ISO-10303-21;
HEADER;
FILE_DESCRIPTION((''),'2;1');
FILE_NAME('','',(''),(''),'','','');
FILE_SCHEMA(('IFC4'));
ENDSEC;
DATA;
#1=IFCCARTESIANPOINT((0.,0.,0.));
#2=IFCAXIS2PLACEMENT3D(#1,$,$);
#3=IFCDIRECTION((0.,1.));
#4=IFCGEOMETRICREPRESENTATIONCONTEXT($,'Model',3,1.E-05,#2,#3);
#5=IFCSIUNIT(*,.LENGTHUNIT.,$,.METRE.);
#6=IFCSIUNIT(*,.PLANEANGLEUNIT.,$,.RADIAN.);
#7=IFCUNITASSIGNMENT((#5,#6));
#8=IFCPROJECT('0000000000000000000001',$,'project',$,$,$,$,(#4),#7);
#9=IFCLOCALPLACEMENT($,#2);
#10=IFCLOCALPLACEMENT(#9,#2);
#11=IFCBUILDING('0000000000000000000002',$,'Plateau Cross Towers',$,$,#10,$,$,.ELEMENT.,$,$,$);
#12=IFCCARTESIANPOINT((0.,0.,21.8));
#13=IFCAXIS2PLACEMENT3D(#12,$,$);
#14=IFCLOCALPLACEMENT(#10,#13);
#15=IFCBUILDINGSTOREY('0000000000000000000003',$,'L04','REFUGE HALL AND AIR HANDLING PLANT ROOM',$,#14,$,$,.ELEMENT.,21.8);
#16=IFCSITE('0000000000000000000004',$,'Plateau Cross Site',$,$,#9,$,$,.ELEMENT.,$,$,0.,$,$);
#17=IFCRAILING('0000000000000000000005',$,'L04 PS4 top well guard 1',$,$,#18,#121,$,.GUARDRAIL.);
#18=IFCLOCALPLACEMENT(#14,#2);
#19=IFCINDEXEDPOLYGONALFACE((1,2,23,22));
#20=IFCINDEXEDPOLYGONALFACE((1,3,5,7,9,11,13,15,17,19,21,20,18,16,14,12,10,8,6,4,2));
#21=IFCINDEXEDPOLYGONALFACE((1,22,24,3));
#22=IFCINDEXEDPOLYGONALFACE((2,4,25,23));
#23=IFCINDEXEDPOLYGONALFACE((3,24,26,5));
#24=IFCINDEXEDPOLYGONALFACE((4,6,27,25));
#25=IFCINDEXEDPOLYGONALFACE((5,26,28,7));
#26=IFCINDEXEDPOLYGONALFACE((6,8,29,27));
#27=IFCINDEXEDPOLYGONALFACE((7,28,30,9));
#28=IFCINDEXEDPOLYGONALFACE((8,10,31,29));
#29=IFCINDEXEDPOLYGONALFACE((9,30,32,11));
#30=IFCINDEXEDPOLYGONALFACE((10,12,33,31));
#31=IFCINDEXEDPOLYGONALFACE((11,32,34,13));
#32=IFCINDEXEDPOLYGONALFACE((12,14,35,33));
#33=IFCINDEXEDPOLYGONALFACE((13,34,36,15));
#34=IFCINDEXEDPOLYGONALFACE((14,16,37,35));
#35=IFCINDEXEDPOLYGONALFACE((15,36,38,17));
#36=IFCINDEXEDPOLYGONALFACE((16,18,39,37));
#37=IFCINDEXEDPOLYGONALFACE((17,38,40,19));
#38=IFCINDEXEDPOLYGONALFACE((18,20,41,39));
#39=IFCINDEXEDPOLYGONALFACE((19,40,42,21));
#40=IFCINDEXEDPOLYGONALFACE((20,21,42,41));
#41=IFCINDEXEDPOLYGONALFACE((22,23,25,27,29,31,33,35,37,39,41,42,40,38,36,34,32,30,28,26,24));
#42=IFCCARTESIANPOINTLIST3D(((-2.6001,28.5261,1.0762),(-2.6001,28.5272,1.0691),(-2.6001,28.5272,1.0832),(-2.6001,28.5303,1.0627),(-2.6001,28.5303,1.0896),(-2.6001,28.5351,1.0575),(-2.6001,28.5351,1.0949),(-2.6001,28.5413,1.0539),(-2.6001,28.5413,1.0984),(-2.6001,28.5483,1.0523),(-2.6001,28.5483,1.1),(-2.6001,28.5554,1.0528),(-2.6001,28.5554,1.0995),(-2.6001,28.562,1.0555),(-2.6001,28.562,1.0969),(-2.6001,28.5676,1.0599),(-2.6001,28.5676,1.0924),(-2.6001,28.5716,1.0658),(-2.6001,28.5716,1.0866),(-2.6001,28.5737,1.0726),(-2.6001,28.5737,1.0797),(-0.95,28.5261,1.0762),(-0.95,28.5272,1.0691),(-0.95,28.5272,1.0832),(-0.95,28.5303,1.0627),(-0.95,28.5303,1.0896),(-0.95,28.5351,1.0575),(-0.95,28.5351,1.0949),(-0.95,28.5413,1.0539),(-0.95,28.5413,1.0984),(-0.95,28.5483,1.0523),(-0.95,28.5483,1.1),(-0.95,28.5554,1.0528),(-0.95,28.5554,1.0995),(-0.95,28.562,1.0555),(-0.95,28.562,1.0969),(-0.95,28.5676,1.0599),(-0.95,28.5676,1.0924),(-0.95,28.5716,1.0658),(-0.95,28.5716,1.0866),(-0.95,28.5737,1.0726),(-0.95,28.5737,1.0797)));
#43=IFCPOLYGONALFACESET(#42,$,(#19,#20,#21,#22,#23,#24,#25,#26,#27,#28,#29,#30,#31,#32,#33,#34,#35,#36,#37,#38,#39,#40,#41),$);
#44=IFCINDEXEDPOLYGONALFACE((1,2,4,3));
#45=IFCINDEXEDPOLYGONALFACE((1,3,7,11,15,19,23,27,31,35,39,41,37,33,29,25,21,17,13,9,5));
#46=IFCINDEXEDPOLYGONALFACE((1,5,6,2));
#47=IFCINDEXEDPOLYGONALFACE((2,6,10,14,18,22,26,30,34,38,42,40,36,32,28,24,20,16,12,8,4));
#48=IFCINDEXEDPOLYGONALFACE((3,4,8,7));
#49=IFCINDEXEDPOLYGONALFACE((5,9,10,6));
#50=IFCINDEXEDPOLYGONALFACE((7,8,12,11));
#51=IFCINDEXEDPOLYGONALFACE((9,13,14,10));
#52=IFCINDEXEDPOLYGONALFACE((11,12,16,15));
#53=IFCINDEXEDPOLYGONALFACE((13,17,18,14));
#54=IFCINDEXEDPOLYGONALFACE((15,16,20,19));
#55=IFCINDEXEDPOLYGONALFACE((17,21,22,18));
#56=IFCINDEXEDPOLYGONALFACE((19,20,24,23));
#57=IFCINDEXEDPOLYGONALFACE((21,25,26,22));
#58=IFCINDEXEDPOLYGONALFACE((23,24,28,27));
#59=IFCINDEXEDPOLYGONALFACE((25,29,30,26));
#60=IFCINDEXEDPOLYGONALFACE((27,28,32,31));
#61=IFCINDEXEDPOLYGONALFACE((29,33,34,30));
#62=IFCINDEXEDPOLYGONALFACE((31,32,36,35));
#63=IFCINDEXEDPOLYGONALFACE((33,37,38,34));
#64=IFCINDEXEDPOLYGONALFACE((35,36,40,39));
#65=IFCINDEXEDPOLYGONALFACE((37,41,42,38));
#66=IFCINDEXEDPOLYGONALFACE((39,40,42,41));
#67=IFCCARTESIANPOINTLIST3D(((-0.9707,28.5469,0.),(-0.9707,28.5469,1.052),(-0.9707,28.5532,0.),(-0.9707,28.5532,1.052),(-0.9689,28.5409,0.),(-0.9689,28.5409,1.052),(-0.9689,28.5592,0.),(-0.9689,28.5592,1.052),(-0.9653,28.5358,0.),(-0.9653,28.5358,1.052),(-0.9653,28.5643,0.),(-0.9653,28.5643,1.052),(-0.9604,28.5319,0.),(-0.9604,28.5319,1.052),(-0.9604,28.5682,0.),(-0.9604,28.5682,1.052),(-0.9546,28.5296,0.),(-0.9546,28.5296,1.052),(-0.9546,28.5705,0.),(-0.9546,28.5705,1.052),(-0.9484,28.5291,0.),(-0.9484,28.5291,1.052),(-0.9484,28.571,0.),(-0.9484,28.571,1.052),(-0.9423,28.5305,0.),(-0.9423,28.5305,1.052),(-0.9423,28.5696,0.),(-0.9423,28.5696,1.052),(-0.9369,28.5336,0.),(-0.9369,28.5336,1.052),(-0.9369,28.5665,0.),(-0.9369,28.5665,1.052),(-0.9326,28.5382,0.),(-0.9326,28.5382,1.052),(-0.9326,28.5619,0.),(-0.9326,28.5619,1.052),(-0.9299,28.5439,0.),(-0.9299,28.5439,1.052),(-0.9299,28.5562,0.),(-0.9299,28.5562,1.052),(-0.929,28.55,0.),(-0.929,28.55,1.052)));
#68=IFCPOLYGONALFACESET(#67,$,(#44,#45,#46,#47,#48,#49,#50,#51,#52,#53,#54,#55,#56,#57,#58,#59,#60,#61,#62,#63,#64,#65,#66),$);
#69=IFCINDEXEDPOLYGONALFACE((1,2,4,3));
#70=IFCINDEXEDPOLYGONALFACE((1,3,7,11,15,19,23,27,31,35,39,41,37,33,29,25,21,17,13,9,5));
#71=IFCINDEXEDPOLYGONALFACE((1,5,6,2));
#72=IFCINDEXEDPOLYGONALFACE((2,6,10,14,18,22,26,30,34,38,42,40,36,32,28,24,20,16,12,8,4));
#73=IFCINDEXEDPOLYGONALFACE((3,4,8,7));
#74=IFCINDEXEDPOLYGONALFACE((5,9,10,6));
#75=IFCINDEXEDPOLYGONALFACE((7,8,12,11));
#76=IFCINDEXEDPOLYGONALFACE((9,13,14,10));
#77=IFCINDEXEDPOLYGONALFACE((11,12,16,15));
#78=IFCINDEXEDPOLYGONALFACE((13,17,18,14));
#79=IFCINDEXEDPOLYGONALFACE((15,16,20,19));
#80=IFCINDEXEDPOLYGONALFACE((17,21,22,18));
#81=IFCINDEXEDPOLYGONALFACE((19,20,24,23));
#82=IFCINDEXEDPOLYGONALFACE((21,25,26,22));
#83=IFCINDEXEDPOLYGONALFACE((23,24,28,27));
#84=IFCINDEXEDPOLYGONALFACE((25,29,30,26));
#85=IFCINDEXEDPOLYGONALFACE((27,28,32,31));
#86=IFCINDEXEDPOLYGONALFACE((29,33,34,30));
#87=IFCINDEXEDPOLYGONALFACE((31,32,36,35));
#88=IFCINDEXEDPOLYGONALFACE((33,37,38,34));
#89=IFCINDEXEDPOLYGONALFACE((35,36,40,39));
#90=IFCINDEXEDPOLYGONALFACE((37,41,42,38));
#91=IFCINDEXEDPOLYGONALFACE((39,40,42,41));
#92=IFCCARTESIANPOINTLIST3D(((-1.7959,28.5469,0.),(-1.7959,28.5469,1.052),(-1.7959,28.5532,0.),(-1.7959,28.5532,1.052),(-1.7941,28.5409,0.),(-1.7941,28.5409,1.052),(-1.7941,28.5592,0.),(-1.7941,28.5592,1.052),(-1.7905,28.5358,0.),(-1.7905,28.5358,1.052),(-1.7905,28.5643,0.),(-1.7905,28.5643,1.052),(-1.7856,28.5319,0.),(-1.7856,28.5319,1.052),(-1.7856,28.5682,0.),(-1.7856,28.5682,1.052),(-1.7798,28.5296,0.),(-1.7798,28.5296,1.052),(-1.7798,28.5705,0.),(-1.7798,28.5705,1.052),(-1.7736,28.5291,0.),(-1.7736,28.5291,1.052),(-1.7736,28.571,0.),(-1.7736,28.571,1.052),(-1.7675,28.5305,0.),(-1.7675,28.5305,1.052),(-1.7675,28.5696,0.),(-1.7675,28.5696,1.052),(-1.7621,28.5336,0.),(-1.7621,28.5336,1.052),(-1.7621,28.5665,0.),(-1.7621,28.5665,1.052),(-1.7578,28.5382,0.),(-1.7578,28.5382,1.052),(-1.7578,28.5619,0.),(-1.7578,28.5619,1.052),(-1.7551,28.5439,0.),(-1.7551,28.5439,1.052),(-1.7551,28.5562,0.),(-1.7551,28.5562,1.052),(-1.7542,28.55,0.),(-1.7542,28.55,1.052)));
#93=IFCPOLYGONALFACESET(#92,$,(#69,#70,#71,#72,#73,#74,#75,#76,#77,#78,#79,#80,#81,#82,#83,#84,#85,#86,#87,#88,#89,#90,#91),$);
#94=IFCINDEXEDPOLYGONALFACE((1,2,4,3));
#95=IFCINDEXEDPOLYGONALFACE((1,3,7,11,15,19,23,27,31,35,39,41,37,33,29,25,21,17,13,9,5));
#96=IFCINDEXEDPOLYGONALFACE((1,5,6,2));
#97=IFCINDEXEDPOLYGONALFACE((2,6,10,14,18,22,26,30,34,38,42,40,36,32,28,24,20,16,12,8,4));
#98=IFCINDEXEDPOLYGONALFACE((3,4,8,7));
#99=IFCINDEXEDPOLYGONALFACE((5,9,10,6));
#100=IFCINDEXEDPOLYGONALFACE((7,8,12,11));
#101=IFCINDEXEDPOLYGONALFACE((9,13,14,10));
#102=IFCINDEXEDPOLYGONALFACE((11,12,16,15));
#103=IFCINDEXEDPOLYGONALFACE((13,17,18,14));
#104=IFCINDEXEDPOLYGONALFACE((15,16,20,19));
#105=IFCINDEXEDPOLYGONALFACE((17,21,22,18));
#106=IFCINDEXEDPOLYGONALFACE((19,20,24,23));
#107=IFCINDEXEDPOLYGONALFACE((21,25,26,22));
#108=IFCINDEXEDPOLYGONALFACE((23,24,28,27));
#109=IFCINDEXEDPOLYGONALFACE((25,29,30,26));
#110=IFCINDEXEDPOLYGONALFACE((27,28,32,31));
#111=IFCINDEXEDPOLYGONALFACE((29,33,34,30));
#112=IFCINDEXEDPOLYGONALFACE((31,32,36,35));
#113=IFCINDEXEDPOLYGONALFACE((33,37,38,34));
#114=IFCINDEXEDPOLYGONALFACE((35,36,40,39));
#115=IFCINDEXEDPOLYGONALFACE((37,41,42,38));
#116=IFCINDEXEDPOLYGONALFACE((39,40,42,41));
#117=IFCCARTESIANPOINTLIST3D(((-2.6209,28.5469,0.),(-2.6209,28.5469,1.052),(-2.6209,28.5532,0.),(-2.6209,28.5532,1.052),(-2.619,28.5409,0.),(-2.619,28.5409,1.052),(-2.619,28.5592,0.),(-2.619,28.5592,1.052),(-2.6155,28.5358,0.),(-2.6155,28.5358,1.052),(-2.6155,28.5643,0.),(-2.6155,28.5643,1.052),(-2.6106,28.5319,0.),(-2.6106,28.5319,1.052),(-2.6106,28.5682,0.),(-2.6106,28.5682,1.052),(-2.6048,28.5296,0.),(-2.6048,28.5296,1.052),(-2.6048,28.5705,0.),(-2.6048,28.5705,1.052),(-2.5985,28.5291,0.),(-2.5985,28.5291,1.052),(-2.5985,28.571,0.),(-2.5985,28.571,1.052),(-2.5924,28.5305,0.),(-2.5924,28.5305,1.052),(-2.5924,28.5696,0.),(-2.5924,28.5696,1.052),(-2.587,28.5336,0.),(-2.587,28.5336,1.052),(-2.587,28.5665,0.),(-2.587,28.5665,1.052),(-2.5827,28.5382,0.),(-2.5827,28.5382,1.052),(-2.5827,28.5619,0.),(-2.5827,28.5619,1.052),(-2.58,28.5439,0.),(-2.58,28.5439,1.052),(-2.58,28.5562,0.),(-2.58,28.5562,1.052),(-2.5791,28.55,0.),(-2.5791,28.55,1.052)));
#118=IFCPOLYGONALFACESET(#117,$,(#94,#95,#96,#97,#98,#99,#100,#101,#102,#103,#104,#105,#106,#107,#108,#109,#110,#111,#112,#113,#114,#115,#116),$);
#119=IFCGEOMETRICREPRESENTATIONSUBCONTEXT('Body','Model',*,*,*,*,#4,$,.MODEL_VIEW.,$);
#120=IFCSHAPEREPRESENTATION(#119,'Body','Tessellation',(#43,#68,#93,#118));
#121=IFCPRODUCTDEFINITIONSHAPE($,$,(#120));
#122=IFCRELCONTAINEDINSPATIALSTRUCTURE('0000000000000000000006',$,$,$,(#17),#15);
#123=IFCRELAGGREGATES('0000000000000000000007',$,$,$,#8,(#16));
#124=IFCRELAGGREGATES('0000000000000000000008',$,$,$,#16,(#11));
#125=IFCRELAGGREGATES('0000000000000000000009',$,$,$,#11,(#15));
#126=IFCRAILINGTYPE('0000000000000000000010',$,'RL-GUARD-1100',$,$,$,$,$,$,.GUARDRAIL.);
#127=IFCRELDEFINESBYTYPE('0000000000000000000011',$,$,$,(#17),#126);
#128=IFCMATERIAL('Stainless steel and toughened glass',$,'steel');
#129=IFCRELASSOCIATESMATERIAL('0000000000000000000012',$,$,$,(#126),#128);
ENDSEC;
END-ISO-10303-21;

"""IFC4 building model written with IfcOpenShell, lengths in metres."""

from ifc_helpers import new_model, si_unit, direction, frame, origin, origin_2d, place, context, subcontext, project, spatial, circle, extrude, material, type_object, element, save


model = new_model("IFC4")

# Units and contexts
model_context = context("Model", 3, precision=1e-05, world=origin(), true_north=direction((0.0, 1.0)))
body_context = subcontext(model_context, "Body", "Model", "MODEL_VIEW")
ifc_project = project(units=[si_unit("LENGTHUNIT", "METRE"), si_unit("PLANEANGLEUNIT", "RADIAN")], contexts=[model_context])

# Site, building, storey
site_placement = place(None, origin())
site = spatial("IfcSite", under=ifc_project, at=site_placement, Name="Plateau Cross Site", CompositionType="ELEMENT", RefElevation=0.0)
building_placement = place(site_placement, origin())
building = spatial("IfcBuilding", under=site, at=building_placement, Name="Plateau Cross Towers", CompositionType="ELEMENT")
storey_placement = place(building_placement, frame((0.0, 0.0, 21.8)))
storey = spatial("IfcBuildingStorey", under=building, at=storey_placement, Name="L04", Description="REFUGE HALL AND AIR HANDLING PLANT ROOM", CompositionType="ELEMENT", Elevation=21.8)

# Railing
ifc_material_1 = material(Name="Stainless steel and toughened glass", Category="steel")
railing_type = type_object("IfcRailingType", Name="RL-GUARD-1100", PredefinedType="GUARDRAIL", material=ifc_material_1)
railing_placement = place(storey_placement, frame((-0.95, 28.55, 0.0)))
element("IfcRailing", 1, at=railing_placement, inside=storey, type_object=railing_type, Name="L04 PS4 top well guard 1", PredefinedType="GUARDRAIL", context=body_context, shape_type="SweptSolid", body=[
    extrude(circle(Radius=0.0239, at=origin_2d()), frame((0.0, 0.0, 1.0762), z_axis=(-1.0, 0.0, 0.0), x_axis=(0.0, -1.0, 0.0)), (0.0, 0.0, 1.0), 1.6501),
    extrude(circle(Radius=0.021, at=origin_2d()), origin(), (0.0, 0.0, 1.0), 1.052),
    extrude(circle(Radius=0.021, at=origin_2d()), frame((-0.8252, 0.0, 0.0)), (0.0, 0.0, 1.0), 1.052),
    extrude(circle(Radius=0.021, at=origin_2d()), frame((-1.6501, 0.0, 0.0)), (0.0, 0.0, 1.0), 1.052),
])

save(model, "model.ifc")
